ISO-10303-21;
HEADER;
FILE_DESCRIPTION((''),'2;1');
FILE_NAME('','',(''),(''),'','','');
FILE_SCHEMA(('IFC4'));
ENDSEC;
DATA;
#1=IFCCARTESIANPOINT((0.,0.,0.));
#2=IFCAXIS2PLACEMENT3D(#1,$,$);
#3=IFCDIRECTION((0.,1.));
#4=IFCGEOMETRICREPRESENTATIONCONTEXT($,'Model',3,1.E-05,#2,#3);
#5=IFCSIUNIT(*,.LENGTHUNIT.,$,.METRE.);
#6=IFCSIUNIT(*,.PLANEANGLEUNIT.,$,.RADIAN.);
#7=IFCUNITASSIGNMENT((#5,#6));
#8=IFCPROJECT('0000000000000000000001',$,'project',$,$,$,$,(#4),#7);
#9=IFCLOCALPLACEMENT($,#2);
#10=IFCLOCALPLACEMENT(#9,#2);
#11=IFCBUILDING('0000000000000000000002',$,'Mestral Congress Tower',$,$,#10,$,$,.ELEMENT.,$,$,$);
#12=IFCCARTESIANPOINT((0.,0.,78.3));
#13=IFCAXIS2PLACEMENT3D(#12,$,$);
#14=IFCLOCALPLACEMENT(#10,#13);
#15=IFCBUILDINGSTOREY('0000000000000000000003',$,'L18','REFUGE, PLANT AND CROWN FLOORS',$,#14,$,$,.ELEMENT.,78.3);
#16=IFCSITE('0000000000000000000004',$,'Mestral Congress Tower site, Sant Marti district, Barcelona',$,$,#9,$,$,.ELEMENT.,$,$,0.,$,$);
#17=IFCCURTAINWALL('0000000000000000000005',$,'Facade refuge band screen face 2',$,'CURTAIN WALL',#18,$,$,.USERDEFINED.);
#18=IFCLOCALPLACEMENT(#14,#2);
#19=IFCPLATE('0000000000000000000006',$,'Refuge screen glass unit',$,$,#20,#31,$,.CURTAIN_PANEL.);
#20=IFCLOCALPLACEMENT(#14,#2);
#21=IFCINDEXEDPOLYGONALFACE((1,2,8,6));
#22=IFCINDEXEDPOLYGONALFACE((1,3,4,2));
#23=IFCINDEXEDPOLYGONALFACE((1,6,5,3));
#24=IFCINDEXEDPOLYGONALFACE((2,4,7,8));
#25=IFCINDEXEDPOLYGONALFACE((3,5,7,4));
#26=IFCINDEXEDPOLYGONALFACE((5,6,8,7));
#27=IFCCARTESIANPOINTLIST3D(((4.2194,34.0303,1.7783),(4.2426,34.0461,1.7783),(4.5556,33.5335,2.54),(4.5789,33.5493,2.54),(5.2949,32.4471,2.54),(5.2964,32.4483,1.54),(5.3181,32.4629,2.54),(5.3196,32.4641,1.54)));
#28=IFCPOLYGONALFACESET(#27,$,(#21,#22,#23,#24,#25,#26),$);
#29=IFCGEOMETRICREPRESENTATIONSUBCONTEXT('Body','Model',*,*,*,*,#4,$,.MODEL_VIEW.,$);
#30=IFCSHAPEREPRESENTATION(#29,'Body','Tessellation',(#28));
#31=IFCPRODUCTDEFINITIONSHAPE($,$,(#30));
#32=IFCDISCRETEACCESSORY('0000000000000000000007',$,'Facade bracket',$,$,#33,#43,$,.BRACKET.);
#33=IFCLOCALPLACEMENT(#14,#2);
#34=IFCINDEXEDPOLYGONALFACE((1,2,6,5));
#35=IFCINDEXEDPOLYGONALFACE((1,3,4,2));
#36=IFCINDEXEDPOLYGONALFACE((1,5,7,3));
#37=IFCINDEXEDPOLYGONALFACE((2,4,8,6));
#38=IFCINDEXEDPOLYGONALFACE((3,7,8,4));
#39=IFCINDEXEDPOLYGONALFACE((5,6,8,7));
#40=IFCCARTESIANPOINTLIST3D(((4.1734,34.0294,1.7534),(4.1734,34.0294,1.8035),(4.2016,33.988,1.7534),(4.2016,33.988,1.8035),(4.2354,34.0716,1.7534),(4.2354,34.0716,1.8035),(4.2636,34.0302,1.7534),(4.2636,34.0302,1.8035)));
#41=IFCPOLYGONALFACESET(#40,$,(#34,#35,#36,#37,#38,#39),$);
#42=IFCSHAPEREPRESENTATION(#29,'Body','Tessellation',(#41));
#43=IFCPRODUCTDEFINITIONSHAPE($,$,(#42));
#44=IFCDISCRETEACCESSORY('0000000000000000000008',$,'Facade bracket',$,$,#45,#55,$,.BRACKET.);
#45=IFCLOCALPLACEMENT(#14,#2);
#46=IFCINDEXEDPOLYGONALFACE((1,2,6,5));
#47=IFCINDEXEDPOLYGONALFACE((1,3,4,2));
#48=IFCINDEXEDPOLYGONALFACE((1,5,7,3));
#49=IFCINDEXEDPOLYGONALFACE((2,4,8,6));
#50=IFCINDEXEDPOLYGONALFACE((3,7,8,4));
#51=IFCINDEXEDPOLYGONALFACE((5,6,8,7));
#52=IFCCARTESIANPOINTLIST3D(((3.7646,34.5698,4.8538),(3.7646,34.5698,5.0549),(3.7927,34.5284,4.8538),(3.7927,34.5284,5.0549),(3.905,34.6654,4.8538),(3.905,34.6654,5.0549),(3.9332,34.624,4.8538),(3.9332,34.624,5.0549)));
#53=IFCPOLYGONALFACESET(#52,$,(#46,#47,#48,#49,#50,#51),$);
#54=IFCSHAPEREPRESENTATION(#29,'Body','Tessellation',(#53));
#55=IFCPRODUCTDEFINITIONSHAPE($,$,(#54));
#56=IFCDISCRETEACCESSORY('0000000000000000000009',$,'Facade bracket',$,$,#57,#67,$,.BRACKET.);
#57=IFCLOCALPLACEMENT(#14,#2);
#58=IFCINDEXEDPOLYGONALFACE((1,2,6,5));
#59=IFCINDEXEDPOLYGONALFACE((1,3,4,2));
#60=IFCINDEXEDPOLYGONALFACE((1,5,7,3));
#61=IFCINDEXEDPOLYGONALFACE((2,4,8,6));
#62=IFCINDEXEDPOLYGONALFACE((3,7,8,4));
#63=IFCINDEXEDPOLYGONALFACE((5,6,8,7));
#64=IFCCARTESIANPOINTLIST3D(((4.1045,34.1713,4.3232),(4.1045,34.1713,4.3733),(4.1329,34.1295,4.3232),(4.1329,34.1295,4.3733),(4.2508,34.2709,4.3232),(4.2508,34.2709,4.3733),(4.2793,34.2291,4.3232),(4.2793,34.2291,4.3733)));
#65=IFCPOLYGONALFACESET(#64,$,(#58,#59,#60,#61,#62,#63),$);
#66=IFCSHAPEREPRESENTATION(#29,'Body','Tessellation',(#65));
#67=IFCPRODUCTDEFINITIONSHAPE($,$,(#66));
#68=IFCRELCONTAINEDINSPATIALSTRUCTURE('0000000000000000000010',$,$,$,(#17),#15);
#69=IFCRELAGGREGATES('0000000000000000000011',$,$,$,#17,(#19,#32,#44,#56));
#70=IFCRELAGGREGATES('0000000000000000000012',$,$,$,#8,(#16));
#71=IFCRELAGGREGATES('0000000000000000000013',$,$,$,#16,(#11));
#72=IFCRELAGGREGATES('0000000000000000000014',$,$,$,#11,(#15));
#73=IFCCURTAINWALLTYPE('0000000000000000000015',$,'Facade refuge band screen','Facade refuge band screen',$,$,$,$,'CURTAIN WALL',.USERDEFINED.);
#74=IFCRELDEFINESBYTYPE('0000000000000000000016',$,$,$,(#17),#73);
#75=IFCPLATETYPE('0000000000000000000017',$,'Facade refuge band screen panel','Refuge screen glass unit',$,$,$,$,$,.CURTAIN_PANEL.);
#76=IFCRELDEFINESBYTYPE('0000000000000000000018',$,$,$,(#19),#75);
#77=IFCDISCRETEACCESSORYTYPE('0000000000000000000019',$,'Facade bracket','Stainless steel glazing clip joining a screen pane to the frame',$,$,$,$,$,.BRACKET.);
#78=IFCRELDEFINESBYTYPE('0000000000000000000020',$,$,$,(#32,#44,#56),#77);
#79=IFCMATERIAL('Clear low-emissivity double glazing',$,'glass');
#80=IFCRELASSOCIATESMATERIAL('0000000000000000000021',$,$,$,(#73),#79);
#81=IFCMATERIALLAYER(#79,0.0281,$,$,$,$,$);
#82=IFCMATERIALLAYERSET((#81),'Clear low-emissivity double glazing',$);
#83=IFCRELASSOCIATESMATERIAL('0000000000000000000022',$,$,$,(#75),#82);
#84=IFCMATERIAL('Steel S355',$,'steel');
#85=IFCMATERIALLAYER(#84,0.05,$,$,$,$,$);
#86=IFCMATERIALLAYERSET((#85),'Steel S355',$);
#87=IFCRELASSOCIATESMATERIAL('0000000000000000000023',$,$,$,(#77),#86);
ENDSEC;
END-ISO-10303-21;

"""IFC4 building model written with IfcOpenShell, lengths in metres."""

from ifc_helpers import new_model, si_unit, direction, frame, origin, origin_2d, place, context, subcontext, project, spatial, polyline, rectangle, outline, extrude, material, layer, layer_set, type_object, element, aggregate, save


model = new_model("IFC4")

# Units and contexts
model_context = context("Model", 3, precision=1e-05, world=origin(), true_north=direction((0.0, 1.0)))
body_context = subcontext(model_context, "Body", "Model", "MODEL_VIEW")
ifc_project = project(units=[si_unit("LENGTHUNIT", "METRE"), si_unit("PLANEANGLEUNIT", "RADIAN")], contexts=[model_context])

# Site, building, storey
site_placement = place(None, origin())
site = spatial("IfcSite", under=ifc_project, at=site_placement, Name="Mestral Congress Tower site, Sant Marti district, Barcelona", CompositionType="ELEMENT", RefElevation=0.0)
building_placement = place(site_placement, origin())
building = spatial("IfcBuilding", under=site, at=building_placement, Name="Mestral Congress Tower", CompositionType="ELEMENT")
storey_placement = place(building_placement, frame((0.0, 0.0, 78.3)))
storey = spatial("IfcBuildingStorey", under=building, at=storey_placement, Name="L18", Description="REFUGE, PLANT AND CROWN FLOORS", CompositionType="ELEMENT", Elevation=78.3)

# Shared definitions
ifc_material_1 = material(Name="Steel S355", Category="steel")

# Curtain wall
ifc_material_2 = material(Name="Clear low-emissivity double glazing", Category="glass")
curtain_wall_type = type_object("IfcCurtainWallType", Name="Facade refuge band screen", Description="Facade refuge band screen", ElementType="CURTAIN WALL", PredefinedType="USERDEFINED", material=ifc_material_2)
curtain_wall_placement = place(storey_placement, origin())
curtain_wall = element("IfcCurtainWall", 1, at=curtain_wall_placement, inside=storey, type_object=curtain_wall_type, Name="Facade refuge band screen face 2", ObjectType="CURTAIN WALL", PredefinedType="USERDEFINED")

# Plate
ifc_layer_1 = layer(ifc_material_2, 0.0281)
ifc_layer_set_1 = layer_set([ifc_layer_1], Name="Clear low-emissivity double glazing")
plate_type_1 = type_object("IfcPlateType", Name="Facade refuge band screen panel", Description="Refuge screen glass unit", PredefinedType="CURTAIN_PANEL", material=ifc_layer_set_1)
plate_1_placement = place(storey_placement, frame((5.3196, 32.4641, 1.54), z_axis=(0.826774, 0.562531, 0.001948), x_axis=(-0.001506, -0.001249, 0.999998)))
plate_1 = element("IfcPlate", 2, at=plate_1_placement, type_object=plate_type_1, Name="Refuge screen glass unit", PredefinedType="CURTAIN_PANEL", context=body_context, shape_type="SweptSolid", body=[
    extrude(outline(polyline([(0.0, 0.0), (1.0, 0.0), (0.9998, -1.3141), (0.2379, -1.9138), (0.0, 0.0)])), origin(), (0.0, 0.0, -1.0), 0.0281),
])

# Discrete accessories
ifc_layer_2 = layer(ifc_material_1, 0.05)
ifc_layer_set_2 = layer_set([ifc_layer_2], Name="Steel S355")
discrete_accessory_type = type_object("IfcDiscreteAccessoryType", Name="Facade bracket", Description="Stainless steel glazing clip joining a screen pane to the frame", PredefinedType="BRACKET", material=ifc_layer_set_2)
discrete_accessory_1_placement = place(storey_placement, frame((4.2185, 34.0298, 1.7534), z_axis=(0.0, 0.0, 1.0), x_axis=(-0.562633, 0.826707, 0.0)))
discrete_accessory_1 = element("IfcDiscreteAccessory", 3, at=discrete_accessory_1_placement, type_object=discrete_accessory_type, Name="Facade bracket", PredefinedType="BRACKET", context=body_context, shape_type="SweptSolid", body=[
    extrude(rectangle(XDim=0.05, YDim=0.075, at=origin_2d()), origin(), (0.0, 0.0, 1.0), 0.05),
])
discrete_accessory_2_placement = place(storey_placement, frame((3.8489, 34.5969, 4.8538), z_axis=(0.0, 0.0, 1.0), x_axis=(-0.56262, 0.826715, 0.0)))
discrete_accessory_2 = element("IfcDiscreteAccessory", 4, at=discrete_accessory_2_placement, type_object=discrete_accessory_type, Name="Facade bracket", PredefinedType="BRACKET", context=body_context, shape_type="SweptSolid", body=[
    extrude(rectangle(XDim=0.05, YDim=0.1699, at=origin_2d()), origin(), (0.0, 0.0, 1.0), 0.2012),
])
discrete_accessory_3_placement = place(storey_placement, frame((4.1919, 34.2002, 4.3232), z_axis=(0.0, 0.0, 1.0), x_axis=(-0.562643, 0.8267, 0.0)))
discrete_accessory_3 = element("IfcDiscreteAccessory", 5, at=discrete_accessory_3_placement, type_object=discrete_accessory_type, Name="Facade bracket", PredefinedType="BRACKET", context=body_context, shape_type="SweptSolid", body=[
    extrude(rectangle(XDim=0.0505, YDim=0.177, at=origin_2d()), origin(), (0.0, 0.0, 1.0), 0.05),
])
aggregate(curtain_wall, [plate_1, discrete_accessory_1, discrete_accessory_2, discrete_accessory_3])

save(model, "model.ifc")
